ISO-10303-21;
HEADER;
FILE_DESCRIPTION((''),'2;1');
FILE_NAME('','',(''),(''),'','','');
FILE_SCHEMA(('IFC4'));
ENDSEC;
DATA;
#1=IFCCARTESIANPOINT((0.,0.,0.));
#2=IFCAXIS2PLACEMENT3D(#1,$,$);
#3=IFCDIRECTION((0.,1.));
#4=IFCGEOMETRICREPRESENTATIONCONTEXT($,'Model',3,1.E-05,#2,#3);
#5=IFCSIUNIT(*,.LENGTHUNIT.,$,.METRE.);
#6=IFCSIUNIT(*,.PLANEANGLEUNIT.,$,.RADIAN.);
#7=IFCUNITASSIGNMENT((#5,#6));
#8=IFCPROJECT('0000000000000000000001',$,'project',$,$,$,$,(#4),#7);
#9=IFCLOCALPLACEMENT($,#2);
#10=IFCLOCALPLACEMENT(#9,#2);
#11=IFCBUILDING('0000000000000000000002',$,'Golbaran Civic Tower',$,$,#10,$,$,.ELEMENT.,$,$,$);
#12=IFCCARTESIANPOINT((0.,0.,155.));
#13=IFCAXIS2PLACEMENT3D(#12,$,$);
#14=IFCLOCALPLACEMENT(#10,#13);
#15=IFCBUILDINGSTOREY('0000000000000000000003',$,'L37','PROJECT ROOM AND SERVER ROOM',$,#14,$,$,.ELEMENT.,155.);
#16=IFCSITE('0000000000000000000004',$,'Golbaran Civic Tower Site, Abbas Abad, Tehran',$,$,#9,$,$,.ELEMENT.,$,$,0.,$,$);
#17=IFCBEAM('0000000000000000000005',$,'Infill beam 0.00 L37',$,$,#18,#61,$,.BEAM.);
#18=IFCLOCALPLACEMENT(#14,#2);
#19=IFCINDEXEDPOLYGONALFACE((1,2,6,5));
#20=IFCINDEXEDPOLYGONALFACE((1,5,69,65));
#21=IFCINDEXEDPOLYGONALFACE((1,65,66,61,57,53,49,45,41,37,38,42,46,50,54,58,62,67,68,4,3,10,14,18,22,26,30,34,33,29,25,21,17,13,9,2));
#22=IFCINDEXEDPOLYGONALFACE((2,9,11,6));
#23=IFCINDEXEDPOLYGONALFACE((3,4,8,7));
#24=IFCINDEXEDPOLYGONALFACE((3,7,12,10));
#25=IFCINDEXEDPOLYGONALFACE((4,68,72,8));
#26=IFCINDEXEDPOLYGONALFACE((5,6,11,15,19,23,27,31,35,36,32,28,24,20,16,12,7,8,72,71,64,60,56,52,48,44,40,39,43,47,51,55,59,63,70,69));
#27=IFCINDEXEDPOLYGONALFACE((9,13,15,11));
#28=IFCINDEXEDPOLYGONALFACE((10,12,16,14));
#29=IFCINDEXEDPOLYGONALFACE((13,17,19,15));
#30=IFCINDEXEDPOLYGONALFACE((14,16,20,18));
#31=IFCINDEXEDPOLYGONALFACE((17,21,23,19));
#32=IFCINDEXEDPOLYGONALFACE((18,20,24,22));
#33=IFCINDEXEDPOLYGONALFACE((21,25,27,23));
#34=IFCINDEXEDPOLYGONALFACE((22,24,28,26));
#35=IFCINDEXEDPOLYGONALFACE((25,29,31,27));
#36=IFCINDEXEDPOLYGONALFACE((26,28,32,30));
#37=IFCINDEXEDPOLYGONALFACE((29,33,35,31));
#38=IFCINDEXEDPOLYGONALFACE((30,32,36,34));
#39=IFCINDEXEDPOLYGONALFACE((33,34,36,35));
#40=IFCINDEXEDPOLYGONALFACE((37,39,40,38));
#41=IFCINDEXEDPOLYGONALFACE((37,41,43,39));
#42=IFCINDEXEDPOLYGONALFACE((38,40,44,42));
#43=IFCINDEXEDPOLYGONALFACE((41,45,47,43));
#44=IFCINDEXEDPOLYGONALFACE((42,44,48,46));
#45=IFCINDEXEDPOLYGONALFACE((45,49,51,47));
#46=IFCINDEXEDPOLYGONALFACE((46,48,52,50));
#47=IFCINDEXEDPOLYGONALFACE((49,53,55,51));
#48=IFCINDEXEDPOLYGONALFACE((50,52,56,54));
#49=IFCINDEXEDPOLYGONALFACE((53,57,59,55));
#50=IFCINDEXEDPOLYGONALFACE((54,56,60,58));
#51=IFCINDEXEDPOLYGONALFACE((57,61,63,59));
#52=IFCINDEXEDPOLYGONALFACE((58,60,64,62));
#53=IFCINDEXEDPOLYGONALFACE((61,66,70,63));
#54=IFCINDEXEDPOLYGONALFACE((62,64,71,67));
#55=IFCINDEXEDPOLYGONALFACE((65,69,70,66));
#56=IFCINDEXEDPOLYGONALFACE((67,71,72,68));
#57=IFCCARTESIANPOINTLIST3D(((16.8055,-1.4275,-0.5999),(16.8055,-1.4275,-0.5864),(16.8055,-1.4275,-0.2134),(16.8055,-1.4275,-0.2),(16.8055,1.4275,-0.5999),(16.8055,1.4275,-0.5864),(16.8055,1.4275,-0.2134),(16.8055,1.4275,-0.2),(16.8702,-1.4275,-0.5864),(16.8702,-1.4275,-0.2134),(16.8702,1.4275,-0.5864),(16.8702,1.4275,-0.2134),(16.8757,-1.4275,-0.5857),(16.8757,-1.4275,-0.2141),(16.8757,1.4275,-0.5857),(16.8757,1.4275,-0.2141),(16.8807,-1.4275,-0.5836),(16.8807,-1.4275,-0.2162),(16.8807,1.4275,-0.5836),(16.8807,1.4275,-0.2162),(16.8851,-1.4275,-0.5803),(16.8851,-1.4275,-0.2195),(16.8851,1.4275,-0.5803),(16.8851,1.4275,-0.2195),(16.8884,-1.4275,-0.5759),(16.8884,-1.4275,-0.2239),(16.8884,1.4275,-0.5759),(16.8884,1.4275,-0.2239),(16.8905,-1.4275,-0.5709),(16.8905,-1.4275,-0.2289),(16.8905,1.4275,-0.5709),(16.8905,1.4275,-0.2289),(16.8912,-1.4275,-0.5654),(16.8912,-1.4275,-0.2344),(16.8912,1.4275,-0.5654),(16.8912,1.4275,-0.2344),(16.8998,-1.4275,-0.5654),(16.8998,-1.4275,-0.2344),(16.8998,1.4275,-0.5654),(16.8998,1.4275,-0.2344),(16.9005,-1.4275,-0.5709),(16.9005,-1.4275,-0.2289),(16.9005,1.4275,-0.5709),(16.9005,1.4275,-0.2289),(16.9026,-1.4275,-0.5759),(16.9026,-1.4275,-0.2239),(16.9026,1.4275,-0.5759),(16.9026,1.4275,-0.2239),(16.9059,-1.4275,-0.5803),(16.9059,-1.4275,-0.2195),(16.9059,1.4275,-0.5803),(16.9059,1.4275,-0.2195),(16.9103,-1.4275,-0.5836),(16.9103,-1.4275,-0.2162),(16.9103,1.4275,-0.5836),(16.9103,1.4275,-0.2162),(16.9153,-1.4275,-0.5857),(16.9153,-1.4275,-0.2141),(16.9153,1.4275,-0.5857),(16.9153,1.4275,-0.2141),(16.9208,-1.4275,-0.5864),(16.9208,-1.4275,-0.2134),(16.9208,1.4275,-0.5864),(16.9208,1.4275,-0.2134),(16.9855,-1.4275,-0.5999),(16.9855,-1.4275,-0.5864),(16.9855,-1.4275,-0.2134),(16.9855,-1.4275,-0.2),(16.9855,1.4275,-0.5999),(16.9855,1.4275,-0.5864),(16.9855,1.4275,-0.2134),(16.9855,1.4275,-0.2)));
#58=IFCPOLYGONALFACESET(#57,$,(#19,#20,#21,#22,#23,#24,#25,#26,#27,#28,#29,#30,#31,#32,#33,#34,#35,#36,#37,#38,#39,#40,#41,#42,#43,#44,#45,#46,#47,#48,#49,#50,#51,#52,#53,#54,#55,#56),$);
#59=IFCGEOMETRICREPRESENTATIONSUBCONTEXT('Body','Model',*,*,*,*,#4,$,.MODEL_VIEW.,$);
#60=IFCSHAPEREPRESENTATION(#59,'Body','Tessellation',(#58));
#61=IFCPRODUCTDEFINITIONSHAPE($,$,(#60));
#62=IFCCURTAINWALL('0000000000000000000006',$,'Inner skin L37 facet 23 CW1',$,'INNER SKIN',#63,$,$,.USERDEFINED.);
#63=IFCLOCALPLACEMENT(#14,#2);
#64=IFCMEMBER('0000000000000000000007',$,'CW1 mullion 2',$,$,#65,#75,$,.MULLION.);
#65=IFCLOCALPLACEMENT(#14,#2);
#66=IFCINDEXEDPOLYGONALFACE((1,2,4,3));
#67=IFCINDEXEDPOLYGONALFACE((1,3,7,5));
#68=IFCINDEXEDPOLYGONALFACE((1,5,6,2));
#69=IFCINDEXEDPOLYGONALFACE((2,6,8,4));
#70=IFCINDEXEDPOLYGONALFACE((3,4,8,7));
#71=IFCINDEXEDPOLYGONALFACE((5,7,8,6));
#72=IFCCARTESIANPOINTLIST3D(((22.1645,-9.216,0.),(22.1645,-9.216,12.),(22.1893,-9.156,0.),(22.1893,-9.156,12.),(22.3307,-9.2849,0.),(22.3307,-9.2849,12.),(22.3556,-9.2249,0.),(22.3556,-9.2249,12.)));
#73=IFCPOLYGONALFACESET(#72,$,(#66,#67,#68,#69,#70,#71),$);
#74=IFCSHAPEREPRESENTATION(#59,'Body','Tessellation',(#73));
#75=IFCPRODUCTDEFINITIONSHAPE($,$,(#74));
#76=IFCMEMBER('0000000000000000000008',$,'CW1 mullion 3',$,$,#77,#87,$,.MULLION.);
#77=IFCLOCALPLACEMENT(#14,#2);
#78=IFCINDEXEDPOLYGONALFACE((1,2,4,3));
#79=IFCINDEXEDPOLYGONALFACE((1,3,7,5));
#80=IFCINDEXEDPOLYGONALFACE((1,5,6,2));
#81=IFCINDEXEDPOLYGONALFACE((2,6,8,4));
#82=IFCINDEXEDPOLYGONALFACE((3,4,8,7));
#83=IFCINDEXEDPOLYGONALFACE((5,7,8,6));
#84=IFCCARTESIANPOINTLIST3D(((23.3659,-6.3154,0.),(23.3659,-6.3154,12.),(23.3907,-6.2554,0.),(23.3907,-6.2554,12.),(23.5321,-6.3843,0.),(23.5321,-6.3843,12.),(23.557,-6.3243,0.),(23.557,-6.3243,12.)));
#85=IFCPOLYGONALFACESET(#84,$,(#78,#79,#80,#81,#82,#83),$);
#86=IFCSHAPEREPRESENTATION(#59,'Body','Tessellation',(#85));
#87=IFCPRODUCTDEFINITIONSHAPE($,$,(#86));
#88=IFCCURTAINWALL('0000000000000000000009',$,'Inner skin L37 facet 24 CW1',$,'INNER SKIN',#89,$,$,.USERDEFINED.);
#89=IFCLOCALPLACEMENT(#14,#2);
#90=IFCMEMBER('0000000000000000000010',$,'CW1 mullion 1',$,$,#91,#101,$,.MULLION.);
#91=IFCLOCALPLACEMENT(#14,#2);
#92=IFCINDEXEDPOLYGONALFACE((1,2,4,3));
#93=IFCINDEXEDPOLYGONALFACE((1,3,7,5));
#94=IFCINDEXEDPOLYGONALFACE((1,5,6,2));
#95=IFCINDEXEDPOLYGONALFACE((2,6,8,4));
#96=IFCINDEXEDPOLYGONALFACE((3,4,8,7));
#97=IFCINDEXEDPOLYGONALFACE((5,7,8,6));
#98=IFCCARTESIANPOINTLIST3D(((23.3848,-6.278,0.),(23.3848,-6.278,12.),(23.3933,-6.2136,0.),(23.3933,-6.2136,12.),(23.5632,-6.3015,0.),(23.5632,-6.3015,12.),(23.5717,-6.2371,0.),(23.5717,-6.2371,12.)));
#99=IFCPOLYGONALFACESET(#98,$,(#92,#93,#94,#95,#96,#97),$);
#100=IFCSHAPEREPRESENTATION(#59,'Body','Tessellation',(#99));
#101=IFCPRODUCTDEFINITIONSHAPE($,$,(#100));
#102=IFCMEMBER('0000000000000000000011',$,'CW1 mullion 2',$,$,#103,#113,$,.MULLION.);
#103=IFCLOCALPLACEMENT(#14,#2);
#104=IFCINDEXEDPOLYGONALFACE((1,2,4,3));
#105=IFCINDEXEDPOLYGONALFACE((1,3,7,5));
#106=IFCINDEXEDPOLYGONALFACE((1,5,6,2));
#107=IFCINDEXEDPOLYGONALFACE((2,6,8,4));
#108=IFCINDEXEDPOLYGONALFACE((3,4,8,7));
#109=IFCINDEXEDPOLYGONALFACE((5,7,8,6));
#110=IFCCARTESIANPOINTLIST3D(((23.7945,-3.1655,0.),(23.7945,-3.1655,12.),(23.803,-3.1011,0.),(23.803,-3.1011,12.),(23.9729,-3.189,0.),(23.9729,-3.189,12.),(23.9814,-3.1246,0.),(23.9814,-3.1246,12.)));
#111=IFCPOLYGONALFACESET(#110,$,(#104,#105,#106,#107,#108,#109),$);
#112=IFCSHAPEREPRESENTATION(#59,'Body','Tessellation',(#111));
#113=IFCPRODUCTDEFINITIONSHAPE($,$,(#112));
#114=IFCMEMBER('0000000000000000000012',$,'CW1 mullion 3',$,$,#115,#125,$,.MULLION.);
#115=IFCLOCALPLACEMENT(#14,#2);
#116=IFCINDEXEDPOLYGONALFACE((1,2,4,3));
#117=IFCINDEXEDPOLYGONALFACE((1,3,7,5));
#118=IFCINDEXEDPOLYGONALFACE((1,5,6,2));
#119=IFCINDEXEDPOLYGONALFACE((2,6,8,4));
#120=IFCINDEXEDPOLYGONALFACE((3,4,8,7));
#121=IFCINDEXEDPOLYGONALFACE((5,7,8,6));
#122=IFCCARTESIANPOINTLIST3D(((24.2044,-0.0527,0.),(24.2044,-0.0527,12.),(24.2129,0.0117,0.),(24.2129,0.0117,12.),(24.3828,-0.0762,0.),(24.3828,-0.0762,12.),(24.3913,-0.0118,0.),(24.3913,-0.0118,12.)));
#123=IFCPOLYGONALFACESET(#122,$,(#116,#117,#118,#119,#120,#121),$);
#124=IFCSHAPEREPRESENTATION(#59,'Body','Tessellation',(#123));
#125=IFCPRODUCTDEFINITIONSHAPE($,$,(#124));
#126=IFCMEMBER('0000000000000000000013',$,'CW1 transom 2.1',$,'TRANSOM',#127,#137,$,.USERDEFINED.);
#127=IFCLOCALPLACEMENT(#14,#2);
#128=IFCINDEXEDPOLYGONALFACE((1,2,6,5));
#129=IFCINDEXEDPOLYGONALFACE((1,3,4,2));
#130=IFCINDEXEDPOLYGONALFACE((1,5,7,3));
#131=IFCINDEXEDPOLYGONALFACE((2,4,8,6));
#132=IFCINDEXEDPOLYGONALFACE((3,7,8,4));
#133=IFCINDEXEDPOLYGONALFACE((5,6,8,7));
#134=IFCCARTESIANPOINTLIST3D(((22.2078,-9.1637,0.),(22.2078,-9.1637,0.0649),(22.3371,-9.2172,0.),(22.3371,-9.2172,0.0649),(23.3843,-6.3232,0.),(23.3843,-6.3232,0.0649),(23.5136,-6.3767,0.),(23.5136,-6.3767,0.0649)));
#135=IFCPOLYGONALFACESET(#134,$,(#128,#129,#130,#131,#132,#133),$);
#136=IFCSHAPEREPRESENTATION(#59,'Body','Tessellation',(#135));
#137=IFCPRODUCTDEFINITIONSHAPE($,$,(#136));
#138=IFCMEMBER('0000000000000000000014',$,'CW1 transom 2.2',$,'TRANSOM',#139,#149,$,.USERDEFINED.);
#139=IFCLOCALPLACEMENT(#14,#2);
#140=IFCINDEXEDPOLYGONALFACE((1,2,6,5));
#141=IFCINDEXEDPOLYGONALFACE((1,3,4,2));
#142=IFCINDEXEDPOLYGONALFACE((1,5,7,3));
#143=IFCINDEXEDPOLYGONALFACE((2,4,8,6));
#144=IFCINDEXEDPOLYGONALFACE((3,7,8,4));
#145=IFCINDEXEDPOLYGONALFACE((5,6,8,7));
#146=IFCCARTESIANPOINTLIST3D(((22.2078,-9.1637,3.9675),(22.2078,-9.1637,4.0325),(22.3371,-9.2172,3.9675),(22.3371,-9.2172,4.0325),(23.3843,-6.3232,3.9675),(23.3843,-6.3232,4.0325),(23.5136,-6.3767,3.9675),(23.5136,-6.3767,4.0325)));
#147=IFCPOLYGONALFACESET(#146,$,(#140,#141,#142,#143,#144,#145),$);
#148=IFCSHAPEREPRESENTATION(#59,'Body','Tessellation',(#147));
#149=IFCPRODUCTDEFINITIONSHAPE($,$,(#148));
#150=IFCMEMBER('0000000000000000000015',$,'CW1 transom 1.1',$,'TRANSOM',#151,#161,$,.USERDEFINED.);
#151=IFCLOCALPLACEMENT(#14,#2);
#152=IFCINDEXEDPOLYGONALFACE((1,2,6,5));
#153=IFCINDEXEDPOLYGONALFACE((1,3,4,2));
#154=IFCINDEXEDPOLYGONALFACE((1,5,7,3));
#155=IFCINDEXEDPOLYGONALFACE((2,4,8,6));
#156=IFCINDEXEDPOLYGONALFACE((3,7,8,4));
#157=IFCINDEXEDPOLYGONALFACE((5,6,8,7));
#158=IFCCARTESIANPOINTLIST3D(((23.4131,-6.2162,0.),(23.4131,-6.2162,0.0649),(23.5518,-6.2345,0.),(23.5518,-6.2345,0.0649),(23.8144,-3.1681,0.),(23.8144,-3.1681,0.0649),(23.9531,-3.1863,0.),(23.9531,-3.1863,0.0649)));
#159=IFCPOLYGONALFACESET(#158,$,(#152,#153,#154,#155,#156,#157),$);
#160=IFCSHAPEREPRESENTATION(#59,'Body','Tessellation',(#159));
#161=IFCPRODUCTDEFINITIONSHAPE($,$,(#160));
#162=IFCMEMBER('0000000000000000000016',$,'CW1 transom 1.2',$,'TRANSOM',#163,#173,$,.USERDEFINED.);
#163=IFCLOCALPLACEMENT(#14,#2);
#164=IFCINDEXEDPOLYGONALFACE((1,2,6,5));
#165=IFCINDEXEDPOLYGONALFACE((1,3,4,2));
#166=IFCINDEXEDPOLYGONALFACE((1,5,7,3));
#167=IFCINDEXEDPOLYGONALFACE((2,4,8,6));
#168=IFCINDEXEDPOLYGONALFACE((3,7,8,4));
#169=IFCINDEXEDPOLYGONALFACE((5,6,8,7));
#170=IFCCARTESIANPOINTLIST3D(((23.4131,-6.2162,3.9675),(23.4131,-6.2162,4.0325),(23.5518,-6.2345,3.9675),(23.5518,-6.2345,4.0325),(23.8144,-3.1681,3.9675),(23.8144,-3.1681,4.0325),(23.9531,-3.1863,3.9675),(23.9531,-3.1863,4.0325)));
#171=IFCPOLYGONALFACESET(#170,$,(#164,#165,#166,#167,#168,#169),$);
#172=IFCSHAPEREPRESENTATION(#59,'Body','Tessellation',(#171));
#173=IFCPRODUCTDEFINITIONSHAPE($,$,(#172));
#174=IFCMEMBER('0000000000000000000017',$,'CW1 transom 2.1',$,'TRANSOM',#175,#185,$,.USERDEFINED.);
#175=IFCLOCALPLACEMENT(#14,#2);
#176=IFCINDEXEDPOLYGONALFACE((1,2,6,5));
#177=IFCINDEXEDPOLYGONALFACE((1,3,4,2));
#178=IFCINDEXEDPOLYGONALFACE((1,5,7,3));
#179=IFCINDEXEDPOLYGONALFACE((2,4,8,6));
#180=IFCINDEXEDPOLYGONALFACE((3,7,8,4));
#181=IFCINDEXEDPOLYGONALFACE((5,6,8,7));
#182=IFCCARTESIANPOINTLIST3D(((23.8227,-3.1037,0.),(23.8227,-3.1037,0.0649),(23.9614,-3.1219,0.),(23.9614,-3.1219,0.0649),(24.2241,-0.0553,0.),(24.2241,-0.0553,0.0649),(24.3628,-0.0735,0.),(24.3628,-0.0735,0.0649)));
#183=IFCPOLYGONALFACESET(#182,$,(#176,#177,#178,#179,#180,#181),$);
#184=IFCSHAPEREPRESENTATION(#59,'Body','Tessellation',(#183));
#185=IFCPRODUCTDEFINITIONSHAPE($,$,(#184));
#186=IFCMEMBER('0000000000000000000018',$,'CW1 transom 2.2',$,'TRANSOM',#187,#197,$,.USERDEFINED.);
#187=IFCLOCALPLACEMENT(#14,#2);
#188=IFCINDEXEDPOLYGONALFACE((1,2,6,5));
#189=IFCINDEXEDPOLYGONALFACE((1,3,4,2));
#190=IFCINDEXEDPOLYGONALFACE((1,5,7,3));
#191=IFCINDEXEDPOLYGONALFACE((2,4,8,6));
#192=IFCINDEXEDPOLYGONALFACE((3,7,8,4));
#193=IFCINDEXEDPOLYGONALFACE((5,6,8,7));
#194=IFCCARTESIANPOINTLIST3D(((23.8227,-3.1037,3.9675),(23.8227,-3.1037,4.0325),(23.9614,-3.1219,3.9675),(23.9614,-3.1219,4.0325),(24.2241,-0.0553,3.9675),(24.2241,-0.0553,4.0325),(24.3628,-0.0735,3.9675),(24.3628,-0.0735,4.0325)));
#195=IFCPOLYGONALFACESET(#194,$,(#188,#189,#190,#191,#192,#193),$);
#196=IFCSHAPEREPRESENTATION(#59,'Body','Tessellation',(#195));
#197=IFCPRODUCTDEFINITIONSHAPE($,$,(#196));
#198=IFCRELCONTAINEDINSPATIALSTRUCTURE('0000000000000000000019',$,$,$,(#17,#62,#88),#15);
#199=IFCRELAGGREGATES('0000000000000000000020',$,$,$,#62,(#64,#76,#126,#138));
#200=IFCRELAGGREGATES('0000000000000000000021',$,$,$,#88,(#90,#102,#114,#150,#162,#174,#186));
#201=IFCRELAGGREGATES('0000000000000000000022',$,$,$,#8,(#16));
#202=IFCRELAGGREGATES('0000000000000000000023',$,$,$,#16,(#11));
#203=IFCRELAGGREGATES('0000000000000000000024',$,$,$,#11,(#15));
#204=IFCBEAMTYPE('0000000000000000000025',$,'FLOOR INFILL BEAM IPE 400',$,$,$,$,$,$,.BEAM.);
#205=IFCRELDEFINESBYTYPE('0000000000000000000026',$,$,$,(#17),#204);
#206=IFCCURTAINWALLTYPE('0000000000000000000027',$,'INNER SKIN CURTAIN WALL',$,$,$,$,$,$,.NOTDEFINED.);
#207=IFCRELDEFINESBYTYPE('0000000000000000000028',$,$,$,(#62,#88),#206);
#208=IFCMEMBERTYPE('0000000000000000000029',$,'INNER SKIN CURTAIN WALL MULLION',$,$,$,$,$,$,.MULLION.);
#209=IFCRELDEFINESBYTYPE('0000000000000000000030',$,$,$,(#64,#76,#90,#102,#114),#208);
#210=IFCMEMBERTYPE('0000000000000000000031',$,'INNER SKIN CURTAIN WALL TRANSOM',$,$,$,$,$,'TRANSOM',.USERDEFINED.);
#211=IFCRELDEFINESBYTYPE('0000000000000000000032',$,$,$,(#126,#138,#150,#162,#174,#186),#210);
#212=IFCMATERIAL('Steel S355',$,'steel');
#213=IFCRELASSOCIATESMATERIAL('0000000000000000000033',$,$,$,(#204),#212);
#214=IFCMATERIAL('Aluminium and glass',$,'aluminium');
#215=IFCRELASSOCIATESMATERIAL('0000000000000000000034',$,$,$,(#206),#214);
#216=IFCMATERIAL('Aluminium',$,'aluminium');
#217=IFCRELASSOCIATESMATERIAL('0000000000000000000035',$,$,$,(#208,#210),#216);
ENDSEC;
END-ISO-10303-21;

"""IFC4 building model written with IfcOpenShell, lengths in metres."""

from ifc_helpers import new_model, si_unit, direction, frame, origin, origin_2d, place, context, subcontext, project, spatial, rectangle, i_section, extrude, material, material_profile, profile_set, type_object, element, aggregate, save


model = new_model("IFC4")

# Units and contexts
model_context = context("Model", 3, precision=1e-05, world=origin(), true_north=direction((0.0, 1.0)))
body_context = subcontext(model_context, "Body", "Model", "MODEL_VIEW")
ifc_project = project(units=[si_unit("LENGTHUNIT", "METRE"), si_unit("PLANEANGLEUNIT", "RADIAN")], contexts=[model_context])

# Site, building, storey
site_placement = place(None, origin())
site = spatial("IfcSite", under=ifc_project, at=site_placement, Name="Golbaran Civic Tower Site, Abbas Abad, Tehran", CompositionType="ELEMENT", RefElevation=0.0)
building_placement = place(site_placement, origin())
building = spatial("IfcBuilding", under=site, at=building_placement, Name="Golbaran Civic Tower", CompositionType="ELEMENT")
storey_placement = place(building_placement, frame((0.0, 0.0, 155.0)))
storey = spatial("IfcBuildingStorey", under=building, at=storey_placement, Name="L37", Description="PROJECT ROOM AND SERVER ROOM", CompositionType="ELEMENT", Elevation=155.0)

# Beam
ifc_material_1 = material(Name="Steel S355", Category="steel")
ifc_material_profile_1 = material_profile(ifc_material_1, i_section(OverallWidth=0.1799, OverallDepth=0.3999, WebThickness=0.0085, FlangeThickness=0.0134, FilletRadius=0.021, at=origin_2d()), Name="IPE 400")
ifc_profile_set_1 = profile_set([ifc_material_profile_1], Name="Steel S355")
beam_type_1 = type_object("IfcBeamType", Name="FLOOR INFILL BEAM IPE 400", PredefinedType="BEAM", material=ifc_profile_set_1)
beam_1_placement = place(storey_placement, frame((16.8955, -1.4275, -0.3999), z_axis=(0.0, 1.0, 0.0), x_axis=(-1.0, 0.0, 0.0)))
element("IfcBeam", 1, at=beam_1_placement, inside=storey, type_object=beam_type_1, Name="Infill beam 0.00 L37", PredefinedType="BEAM", context=body_context, shape_type="SweptSolid", body=[
    extrude(i_section(OverallWidth=0.1799, OverallDepth=0.3999, WebThickness=0.0085, FlangeThickness=0.0134, FilletRadius=0.021, at=origin_2d()), origin(), (0.0, 0.0, 1.0), 2.855),
])

# Curtain walls, members
ifc_material_2 = material(Name="Aluminium and glass", Category="aluminium")
curtain_wall_type = type_object("IfcCurtainWallType", Name="INNER SKIN CURTAIN WALL", PredefinedType="NOTDEFINED", material=ifc_material_2)
curtain_wall_1_placement = place(storey_placement, origin())
curtain_wall_1 = element("IfcCurtainWall", 2, at=curtain_wall_1_placement, inside=storey, type_object=curtain_wall_type, Name="Inner skin L37 facet 23 CW1", ObjectType="INNER SKIN", PredefinedType="USERDEFINED")
ifc_material_3 = material(Name="Aluminium", Category="aluminium")
ifc_material_profile_2 = material_profile(ifc_material_3, rectangle(XDim=0.1799, YDim=0.0649, at=origin_2d()), Name="INNER SKIN CURTAIN WALL MULLION")
ifc_profile_set_2 = profile_set([ifc_material_profile_2], Name="Aluminium")
member_type_1 = type_object("IfcMemberType", Name="INNER SKIN CURTAIN WALL MULLION", PredefinedType="MULLION", material=ifc_profile_set_2)
member_1_placement = place(storey_placement, frame((22.26, -9.2205, 0.0), z_axis=(0.0, 0.0, 1.0), x_axis=(-0.92388, 0.382683, 0.0)))
member_1 = element("IfcMember", 3, at=member_1_placement, type_object=member_type_1, Name="CW1 mullion 2", PredefinedType="MULLION", context=body_context, shape_type="SweptSolid", body=[
    extrude(rectangle(XDim=0.1799, YDim=0.0649, at=origin_2d()), origin(), (0.0, 0.0, 1.0), 12.0),
])
member_2_placement = place(storey_placement, frame((23.4614, -6.3198, 0.0), z_axis=(0.0, 0.0, 1.0), x_axis=(-0.92388, 0.382683, 0.0)))
member_2 = element("IfcMember", 4, at=member_2_placement, type_object=member_type_1, Name="CW1 mullion 3", PredefinedType="MULLION", context=body_context, shape_type="SweptSolid", body=[
    extrude(rectangle(XDim=0.1799, YDim=0.0649, at=origin_2d()), origin(), (0.0, 0.0, 1.0), 12.0),
])
curtain_wall_2_placement = place(storey_placement, origin())
curtain_wall_2 = element("IfcCurtainWall", 5, at=curtain_wall_2_placement, inside=storey, type_object=curtain_wall_type, Name="Inner skin L37 facet 24 CW1", ObjectType="INNER SKIN", PredefinedType="USERDEFINED")
member_3_placement = place(storey_placement, frame((23.4783, -6.2576, 0.0), z_axis=(0.0, 0.0, 1.0), x_axis=(-0.991445, 0.130526, 0.0)))
member_3 = element("IfcMember", 6, at=member_3_placement, type_object=member_type_1, Name="CW1 mullion 1", PredefinedType="MULLION", context=body_context, shape_type="SweptSolid", body=[
    extrude(rectangle(XDim=0.1799, YDim=0.0649, at=origin_2d()), origin(), (0.0, 0.0, 1.0), 12.0),
])
member_4_placement = place(storey_placement, frame((23.8879, -3.145, 0.0), z_axis=(0.0, 0.0, 1.0), x_axis=(-0.991445, 0.130526, 0.0)))
member_4 = element("IfcMember", 7, at=member_4_placement, type_object=member_type_1, Name="CW1 mullion 2", PredefinedType="MULLION", context=body_context, shape_type="SweptSolid", body=[
    extrude(rectangle(XDim=0.1799, YDim=0.0649, at=origin_2d()), origin(), (0.0, 0.0, 1.0), 12.0),
])
member_5_placement = place(storey_placement, frame((24.2979, -0.0322, 0.0), z_axis=(0.0, 0.0, 1.0), x_axis=(-0.991445, 0.130526, 0.0)))
member_5 = element("IfcMember", 8, at=member_5_placement, type_object=member_type_1, Name="CW1 mullion 3", PredefinedType="MULLION", context=body_context, shape_type="SweptSolid", body=[
    extrude(rectangle(XDim=0.1799, YDim=0.0649, at=origin_2d()), origin(), (0.0, 0.0, 1.0), 12.0),
])

# Members
ifc_material_profile_3 = material_profile(ifc_material_3, rectangle(XDim=0.1399, YDim=0.0649, at=origin_2d()), Name="INNER SKIN CURTAIN WALL TRANSOM")
ifc_profile_set_3 = profile_set([ifc_material_profile_3], Name="Aluminium")
member_type_2 = type_object("IfcMemberType", Name="INNER SKIN CURTAIN WALL TRANSOM", ElementType="TRANSOM", PredefinedType="USERDEFINED", material=ifc_profile_set_3)
member_6_placement = place(storey_placement, frame((22.2725, -9.1904, 0.0325), z_axis=(0.382658, 0.92389, 0.0), x_axis=(-0.92389, 0.382658, 0.0)))
member_6 = element("IfcMember", 9, at=member_6_placement, type_object=member_type_2, Name="CW1 transom 2.1", ObjectType="TRANSOM", PredefinedType="USERDEFINED", context=body_context, shape_type="SweptSolid", body=[
    extrude(rectangle(XDim=0.1399, YDim=0.0649, at=origin_2d()), origin(), (0.0, 0.0, 1.0), 3.0745),
])
member_7_placement = place(storey_placement, frame((22.2725, -9.1904, 4.0), z_axis=(0.382658, 0.92389, 0.0), x_axis=(-0.92389, 0.382658, 0.0)))
member_7 = element("IfcMember", 10, at=member_7_placement, type_object=member_type_2, Name="CW1 transom 2.2", ObjectType="TRANSOM", PredefinedType="USERDEFINED", context=body_context, shape_type="SweptSolid", body=[
    extrude(rectangle(XDim=0.1399, YDim=0.0649, at=origin_2d()), origin(), (0.0, 0.0, 1.0), 3.0745),
])
member_8_placement = place(storey_placement, frame((23.4824, -6.2253, 0.0325), z_axis=(0.130551, 0.991442, 0.0), x_axis=(-0.991442, 0.130551, 0.0)))
member_8 = element("IfcMember", 11, at=member_8_placement, type_object=member_type_2, Name="CW1 transom 1.1", ObjectType="TRANSOM", PredefinedType="USERDEFINED", context=body_context, shape_type="SweptSolid", body=[
    extrude(rectangle(XDim=0.1399, YDim=0.0649, at=origin_2d()), origin(), (0.0, 0.0, 1.0), 3.0745),
])
member_9_placement = place(storey_placement, frame((23.4824, -6.2253, 4.0), z_axis=(0.130551, 0.991442, 0.0), x_axis=(-0.991442, 0.130551, 0.0)))
member_9 = element("IfcMember", 12, at=member_9_placement, type_object=member_type_2, Name="CW1 transom 1.2", ObjectType="TRANSOM", PredefinedType="USERDEFINED", context=body_context, shape_type="SweptSolid", body=[
    extrude(rectangle(XDim=0.1399, YDim=0.0649, at=origin_2d()), origin(), (0.0, 0.0, 1.0), 3.0745),
])
member_10_placement = place(storey_placement, frame((23.8921, -3.1128, 0.0325), z_axis=(0.130541, 0.991443, 0.0), x_axis=(-0.991443, 0.130541, 0.0)))
member_10 = element("IfcMember", 13, at=member_10_placement, type_object=member_type_2, Name="CW1 transom 2.1", ObjectType="TRANSOM", PredefinedType="USERDEFINED", context=body_context, shape_type="SweptSolid", body=[
    extrude(rectangle(XDim=0.1399, YDim=0.0649, at=origin_2d()), origin(), (0.0, 0.0, 1.0), 3.0747),
])
member_11_placement = place(storey_placement, frame((23.8921, -3.1128, 4.0), z_axis=(0.130541, 0.991443, 0.0), x_axis=(-0.991443, 0.130541, 0.0)))
member_11 = element("IfcMember", 14, at=member_11_placement, type_object=member_type_2, Name="CW1 transom 2.2", ObjectType="TRANSOM", PredefinedType="USERDEFINED", context=body_context, shape_type="SweptSolid", body=[
    extrude(rectangle(XDim=0.1399, YDim=0.0649, at=origin_2d()), origin(), (0.0, 0.0, 1.0), 3.0747),
])

aggregate(curtain_wall_1, [member_1, member_2, member_6, member_7])
aggregate(curtain_wall_2, [member_3, member_4, member_5, member_8, member_9, member_10, member_11])

save(model, "model.ifc")
